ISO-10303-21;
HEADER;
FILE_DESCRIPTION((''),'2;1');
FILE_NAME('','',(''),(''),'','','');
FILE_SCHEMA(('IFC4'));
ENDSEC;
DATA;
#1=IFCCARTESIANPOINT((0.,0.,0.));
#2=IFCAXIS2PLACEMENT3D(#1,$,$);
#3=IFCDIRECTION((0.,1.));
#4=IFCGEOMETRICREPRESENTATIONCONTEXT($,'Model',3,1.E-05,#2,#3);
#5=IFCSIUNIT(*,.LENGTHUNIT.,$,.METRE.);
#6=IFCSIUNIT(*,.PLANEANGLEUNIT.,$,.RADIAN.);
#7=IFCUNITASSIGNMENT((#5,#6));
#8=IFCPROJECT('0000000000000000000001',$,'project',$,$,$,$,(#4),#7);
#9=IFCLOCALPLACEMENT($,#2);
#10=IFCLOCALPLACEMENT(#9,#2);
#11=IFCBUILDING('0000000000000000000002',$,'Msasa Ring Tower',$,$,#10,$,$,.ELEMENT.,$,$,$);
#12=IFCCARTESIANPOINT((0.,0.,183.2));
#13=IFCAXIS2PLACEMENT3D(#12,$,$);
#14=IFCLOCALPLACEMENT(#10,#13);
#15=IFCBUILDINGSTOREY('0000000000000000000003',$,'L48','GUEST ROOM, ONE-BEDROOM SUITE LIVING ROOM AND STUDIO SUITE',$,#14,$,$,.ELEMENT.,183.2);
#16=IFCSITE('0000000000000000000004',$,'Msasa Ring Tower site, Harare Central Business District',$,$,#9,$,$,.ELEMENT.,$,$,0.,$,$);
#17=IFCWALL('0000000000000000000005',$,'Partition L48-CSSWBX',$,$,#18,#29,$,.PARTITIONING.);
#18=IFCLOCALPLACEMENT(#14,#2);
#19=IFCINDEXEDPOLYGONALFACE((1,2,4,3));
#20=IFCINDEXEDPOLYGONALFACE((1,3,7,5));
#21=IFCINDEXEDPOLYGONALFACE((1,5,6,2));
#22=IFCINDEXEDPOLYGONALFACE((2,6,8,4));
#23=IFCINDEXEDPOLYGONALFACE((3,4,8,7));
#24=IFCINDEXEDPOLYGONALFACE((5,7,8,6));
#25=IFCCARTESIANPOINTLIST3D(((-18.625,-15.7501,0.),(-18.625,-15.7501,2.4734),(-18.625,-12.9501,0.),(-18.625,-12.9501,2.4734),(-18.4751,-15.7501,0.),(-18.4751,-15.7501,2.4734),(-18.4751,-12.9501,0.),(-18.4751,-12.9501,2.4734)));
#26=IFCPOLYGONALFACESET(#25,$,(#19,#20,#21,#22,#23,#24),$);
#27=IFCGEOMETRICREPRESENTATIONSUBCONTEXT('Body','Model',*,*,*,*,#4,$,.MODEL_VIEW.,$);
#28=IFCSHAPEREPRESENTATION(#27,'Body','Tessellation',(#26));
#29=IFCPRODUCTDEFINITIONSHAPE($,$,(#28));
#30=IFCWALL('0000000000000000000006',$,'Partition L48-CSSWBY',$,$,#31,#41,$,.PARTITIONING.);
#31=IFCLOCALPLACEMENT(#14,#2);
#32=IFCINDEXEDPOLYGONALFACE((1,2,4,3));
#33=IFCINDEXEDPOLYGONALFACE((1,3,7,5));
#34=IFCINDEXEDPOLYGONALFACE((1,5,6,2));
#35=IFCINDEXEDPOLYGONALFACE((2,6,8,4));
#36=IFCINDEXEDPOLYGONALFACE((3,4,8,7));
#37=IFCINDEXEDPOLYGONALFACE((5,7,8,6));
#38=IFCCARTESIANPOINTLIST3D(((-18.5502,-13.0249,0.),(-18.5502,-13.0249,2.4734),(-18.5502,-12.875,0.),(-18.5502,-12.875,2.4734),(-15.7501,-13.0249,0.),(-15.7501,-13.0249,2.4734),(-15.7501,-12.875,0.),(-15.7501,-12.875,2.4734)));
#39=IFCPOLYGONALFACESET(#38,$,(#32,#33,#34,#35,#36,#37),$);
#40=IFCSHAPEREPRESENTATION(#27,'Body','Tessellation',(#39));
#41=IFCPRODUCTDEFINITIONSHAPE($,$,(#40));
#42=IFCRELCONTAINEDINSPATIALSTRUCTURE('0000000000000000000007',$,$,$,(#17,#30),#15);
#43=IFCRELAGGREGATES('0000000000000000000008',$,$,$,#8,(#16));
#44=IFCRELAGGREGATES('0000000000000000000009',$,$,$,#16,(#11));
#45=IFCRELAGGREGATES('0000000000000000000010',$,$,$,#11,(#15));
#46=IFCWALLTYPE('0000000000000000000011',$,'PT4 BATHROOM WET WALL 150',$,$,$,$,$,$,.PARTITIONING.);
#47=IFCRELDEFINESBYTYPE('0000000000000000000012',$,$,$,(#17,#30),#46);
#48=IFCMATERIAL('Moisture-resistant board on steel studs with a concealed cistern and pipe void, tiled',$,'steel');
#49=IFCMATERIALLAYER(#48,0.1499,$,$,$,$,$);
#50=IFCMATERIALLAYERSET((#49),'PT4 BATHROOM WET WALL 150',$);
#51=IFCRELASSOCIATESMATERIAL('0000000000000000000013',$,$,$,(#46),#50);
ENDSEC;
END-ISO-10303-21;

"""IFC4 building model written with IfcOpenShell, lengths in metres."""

from ifc_helpers import new_model, si_unit, direction, frame, frame_2d, origin, place, context, subcontext, project, spatial, rectangle, extrude, material, layer, layer_set, type_object, element, save


model = new_model("IFC4")

# Units and contexts
model_context = context("Model", 3, precision=1e-05, world=origin(), true_north=direction((0.0, 1.0)))
body_context = subcontext(model_context, "Body", "Model", "MODEL_VIEW")
ifc_project = project(units=[si_unit("LENGTHUNIT", "METRE"), si_unit("PLANEANGLEUNIT", "RADIAN")], contexts=[model_context])

# Site, building, storey
site_placement = place(None, origin())
site = spatial("IfcSite", under=ifc_project, at=site_placement, Name="Msasa Ring Tower site, Harare Central Business District", CompositionType="ELEMENT", RefElevation=0.0)
building_placement = place(site_placement, origin())
building = spatial("IfcBuilding", under=site, at=building_placement, Name="Msasa Ring Tower", CompositionType="ELEMENT")
storey_placement = place(building_placement, frame((0.0, 0.0, 183.2)))
storey = spatial("IfcBuildingStorey", under=building, at=storey_placement, Name="L48", Description="GUEST ROOM, ONE-BEDROOM SUITE LIVING ROOM AND STUDIO SUITE", CompositionType="ELEMENT", Elevation=183.2)

# Walls
ifc_material_1 = material(Name="Moisture-resistant board on steel studs with a concealed cistern and pipe void, tiled", Category="steel")
ifc_layer_1 = layer(ifc_material_1, 0.1499)
ifc_layer_set_1 = layer_set([ifc_layer_1], Name="PT4 BATHROOM WET WALL 150")
wall_type_1 = type_object("IfcWallType", Name="PT4 BATHROOM WET WALL 150", PredefinedType="PARTITIONING", material=ifc_layer_set_1)
for number, where, z_axis, x_axis, name in (
    (1, (-18.55, -15.75, 0.0), (0.0, 0.0, 1.0), (0.0, 1.0, 0.0), "Partition L48-CSSWBX"),
    (2, (-18.55, -12.95, 0.0), (0.0, 0.0, 1.0), (1.0, 0.0, 0.0), "Partition L48-CSSWBY"),
):
    element("IfcWall", number, at=place(storey_placement, frame(where, z_axis=z_axis, x_axis=x_axis)), inside=storey, type_object=wall_type_1, Name=name, PredefinedType="PARTITIONING", context=body_context, shape_type="SweptSolid", body=[
        extrude(rectangle(XDim=2.8, YDim=0.1499, at=frame_2d((1.3999, 0.0))), origin(), (0.0, 0.0, 1.0), 2.4734),
    ])

save(model, "model.ifc")
